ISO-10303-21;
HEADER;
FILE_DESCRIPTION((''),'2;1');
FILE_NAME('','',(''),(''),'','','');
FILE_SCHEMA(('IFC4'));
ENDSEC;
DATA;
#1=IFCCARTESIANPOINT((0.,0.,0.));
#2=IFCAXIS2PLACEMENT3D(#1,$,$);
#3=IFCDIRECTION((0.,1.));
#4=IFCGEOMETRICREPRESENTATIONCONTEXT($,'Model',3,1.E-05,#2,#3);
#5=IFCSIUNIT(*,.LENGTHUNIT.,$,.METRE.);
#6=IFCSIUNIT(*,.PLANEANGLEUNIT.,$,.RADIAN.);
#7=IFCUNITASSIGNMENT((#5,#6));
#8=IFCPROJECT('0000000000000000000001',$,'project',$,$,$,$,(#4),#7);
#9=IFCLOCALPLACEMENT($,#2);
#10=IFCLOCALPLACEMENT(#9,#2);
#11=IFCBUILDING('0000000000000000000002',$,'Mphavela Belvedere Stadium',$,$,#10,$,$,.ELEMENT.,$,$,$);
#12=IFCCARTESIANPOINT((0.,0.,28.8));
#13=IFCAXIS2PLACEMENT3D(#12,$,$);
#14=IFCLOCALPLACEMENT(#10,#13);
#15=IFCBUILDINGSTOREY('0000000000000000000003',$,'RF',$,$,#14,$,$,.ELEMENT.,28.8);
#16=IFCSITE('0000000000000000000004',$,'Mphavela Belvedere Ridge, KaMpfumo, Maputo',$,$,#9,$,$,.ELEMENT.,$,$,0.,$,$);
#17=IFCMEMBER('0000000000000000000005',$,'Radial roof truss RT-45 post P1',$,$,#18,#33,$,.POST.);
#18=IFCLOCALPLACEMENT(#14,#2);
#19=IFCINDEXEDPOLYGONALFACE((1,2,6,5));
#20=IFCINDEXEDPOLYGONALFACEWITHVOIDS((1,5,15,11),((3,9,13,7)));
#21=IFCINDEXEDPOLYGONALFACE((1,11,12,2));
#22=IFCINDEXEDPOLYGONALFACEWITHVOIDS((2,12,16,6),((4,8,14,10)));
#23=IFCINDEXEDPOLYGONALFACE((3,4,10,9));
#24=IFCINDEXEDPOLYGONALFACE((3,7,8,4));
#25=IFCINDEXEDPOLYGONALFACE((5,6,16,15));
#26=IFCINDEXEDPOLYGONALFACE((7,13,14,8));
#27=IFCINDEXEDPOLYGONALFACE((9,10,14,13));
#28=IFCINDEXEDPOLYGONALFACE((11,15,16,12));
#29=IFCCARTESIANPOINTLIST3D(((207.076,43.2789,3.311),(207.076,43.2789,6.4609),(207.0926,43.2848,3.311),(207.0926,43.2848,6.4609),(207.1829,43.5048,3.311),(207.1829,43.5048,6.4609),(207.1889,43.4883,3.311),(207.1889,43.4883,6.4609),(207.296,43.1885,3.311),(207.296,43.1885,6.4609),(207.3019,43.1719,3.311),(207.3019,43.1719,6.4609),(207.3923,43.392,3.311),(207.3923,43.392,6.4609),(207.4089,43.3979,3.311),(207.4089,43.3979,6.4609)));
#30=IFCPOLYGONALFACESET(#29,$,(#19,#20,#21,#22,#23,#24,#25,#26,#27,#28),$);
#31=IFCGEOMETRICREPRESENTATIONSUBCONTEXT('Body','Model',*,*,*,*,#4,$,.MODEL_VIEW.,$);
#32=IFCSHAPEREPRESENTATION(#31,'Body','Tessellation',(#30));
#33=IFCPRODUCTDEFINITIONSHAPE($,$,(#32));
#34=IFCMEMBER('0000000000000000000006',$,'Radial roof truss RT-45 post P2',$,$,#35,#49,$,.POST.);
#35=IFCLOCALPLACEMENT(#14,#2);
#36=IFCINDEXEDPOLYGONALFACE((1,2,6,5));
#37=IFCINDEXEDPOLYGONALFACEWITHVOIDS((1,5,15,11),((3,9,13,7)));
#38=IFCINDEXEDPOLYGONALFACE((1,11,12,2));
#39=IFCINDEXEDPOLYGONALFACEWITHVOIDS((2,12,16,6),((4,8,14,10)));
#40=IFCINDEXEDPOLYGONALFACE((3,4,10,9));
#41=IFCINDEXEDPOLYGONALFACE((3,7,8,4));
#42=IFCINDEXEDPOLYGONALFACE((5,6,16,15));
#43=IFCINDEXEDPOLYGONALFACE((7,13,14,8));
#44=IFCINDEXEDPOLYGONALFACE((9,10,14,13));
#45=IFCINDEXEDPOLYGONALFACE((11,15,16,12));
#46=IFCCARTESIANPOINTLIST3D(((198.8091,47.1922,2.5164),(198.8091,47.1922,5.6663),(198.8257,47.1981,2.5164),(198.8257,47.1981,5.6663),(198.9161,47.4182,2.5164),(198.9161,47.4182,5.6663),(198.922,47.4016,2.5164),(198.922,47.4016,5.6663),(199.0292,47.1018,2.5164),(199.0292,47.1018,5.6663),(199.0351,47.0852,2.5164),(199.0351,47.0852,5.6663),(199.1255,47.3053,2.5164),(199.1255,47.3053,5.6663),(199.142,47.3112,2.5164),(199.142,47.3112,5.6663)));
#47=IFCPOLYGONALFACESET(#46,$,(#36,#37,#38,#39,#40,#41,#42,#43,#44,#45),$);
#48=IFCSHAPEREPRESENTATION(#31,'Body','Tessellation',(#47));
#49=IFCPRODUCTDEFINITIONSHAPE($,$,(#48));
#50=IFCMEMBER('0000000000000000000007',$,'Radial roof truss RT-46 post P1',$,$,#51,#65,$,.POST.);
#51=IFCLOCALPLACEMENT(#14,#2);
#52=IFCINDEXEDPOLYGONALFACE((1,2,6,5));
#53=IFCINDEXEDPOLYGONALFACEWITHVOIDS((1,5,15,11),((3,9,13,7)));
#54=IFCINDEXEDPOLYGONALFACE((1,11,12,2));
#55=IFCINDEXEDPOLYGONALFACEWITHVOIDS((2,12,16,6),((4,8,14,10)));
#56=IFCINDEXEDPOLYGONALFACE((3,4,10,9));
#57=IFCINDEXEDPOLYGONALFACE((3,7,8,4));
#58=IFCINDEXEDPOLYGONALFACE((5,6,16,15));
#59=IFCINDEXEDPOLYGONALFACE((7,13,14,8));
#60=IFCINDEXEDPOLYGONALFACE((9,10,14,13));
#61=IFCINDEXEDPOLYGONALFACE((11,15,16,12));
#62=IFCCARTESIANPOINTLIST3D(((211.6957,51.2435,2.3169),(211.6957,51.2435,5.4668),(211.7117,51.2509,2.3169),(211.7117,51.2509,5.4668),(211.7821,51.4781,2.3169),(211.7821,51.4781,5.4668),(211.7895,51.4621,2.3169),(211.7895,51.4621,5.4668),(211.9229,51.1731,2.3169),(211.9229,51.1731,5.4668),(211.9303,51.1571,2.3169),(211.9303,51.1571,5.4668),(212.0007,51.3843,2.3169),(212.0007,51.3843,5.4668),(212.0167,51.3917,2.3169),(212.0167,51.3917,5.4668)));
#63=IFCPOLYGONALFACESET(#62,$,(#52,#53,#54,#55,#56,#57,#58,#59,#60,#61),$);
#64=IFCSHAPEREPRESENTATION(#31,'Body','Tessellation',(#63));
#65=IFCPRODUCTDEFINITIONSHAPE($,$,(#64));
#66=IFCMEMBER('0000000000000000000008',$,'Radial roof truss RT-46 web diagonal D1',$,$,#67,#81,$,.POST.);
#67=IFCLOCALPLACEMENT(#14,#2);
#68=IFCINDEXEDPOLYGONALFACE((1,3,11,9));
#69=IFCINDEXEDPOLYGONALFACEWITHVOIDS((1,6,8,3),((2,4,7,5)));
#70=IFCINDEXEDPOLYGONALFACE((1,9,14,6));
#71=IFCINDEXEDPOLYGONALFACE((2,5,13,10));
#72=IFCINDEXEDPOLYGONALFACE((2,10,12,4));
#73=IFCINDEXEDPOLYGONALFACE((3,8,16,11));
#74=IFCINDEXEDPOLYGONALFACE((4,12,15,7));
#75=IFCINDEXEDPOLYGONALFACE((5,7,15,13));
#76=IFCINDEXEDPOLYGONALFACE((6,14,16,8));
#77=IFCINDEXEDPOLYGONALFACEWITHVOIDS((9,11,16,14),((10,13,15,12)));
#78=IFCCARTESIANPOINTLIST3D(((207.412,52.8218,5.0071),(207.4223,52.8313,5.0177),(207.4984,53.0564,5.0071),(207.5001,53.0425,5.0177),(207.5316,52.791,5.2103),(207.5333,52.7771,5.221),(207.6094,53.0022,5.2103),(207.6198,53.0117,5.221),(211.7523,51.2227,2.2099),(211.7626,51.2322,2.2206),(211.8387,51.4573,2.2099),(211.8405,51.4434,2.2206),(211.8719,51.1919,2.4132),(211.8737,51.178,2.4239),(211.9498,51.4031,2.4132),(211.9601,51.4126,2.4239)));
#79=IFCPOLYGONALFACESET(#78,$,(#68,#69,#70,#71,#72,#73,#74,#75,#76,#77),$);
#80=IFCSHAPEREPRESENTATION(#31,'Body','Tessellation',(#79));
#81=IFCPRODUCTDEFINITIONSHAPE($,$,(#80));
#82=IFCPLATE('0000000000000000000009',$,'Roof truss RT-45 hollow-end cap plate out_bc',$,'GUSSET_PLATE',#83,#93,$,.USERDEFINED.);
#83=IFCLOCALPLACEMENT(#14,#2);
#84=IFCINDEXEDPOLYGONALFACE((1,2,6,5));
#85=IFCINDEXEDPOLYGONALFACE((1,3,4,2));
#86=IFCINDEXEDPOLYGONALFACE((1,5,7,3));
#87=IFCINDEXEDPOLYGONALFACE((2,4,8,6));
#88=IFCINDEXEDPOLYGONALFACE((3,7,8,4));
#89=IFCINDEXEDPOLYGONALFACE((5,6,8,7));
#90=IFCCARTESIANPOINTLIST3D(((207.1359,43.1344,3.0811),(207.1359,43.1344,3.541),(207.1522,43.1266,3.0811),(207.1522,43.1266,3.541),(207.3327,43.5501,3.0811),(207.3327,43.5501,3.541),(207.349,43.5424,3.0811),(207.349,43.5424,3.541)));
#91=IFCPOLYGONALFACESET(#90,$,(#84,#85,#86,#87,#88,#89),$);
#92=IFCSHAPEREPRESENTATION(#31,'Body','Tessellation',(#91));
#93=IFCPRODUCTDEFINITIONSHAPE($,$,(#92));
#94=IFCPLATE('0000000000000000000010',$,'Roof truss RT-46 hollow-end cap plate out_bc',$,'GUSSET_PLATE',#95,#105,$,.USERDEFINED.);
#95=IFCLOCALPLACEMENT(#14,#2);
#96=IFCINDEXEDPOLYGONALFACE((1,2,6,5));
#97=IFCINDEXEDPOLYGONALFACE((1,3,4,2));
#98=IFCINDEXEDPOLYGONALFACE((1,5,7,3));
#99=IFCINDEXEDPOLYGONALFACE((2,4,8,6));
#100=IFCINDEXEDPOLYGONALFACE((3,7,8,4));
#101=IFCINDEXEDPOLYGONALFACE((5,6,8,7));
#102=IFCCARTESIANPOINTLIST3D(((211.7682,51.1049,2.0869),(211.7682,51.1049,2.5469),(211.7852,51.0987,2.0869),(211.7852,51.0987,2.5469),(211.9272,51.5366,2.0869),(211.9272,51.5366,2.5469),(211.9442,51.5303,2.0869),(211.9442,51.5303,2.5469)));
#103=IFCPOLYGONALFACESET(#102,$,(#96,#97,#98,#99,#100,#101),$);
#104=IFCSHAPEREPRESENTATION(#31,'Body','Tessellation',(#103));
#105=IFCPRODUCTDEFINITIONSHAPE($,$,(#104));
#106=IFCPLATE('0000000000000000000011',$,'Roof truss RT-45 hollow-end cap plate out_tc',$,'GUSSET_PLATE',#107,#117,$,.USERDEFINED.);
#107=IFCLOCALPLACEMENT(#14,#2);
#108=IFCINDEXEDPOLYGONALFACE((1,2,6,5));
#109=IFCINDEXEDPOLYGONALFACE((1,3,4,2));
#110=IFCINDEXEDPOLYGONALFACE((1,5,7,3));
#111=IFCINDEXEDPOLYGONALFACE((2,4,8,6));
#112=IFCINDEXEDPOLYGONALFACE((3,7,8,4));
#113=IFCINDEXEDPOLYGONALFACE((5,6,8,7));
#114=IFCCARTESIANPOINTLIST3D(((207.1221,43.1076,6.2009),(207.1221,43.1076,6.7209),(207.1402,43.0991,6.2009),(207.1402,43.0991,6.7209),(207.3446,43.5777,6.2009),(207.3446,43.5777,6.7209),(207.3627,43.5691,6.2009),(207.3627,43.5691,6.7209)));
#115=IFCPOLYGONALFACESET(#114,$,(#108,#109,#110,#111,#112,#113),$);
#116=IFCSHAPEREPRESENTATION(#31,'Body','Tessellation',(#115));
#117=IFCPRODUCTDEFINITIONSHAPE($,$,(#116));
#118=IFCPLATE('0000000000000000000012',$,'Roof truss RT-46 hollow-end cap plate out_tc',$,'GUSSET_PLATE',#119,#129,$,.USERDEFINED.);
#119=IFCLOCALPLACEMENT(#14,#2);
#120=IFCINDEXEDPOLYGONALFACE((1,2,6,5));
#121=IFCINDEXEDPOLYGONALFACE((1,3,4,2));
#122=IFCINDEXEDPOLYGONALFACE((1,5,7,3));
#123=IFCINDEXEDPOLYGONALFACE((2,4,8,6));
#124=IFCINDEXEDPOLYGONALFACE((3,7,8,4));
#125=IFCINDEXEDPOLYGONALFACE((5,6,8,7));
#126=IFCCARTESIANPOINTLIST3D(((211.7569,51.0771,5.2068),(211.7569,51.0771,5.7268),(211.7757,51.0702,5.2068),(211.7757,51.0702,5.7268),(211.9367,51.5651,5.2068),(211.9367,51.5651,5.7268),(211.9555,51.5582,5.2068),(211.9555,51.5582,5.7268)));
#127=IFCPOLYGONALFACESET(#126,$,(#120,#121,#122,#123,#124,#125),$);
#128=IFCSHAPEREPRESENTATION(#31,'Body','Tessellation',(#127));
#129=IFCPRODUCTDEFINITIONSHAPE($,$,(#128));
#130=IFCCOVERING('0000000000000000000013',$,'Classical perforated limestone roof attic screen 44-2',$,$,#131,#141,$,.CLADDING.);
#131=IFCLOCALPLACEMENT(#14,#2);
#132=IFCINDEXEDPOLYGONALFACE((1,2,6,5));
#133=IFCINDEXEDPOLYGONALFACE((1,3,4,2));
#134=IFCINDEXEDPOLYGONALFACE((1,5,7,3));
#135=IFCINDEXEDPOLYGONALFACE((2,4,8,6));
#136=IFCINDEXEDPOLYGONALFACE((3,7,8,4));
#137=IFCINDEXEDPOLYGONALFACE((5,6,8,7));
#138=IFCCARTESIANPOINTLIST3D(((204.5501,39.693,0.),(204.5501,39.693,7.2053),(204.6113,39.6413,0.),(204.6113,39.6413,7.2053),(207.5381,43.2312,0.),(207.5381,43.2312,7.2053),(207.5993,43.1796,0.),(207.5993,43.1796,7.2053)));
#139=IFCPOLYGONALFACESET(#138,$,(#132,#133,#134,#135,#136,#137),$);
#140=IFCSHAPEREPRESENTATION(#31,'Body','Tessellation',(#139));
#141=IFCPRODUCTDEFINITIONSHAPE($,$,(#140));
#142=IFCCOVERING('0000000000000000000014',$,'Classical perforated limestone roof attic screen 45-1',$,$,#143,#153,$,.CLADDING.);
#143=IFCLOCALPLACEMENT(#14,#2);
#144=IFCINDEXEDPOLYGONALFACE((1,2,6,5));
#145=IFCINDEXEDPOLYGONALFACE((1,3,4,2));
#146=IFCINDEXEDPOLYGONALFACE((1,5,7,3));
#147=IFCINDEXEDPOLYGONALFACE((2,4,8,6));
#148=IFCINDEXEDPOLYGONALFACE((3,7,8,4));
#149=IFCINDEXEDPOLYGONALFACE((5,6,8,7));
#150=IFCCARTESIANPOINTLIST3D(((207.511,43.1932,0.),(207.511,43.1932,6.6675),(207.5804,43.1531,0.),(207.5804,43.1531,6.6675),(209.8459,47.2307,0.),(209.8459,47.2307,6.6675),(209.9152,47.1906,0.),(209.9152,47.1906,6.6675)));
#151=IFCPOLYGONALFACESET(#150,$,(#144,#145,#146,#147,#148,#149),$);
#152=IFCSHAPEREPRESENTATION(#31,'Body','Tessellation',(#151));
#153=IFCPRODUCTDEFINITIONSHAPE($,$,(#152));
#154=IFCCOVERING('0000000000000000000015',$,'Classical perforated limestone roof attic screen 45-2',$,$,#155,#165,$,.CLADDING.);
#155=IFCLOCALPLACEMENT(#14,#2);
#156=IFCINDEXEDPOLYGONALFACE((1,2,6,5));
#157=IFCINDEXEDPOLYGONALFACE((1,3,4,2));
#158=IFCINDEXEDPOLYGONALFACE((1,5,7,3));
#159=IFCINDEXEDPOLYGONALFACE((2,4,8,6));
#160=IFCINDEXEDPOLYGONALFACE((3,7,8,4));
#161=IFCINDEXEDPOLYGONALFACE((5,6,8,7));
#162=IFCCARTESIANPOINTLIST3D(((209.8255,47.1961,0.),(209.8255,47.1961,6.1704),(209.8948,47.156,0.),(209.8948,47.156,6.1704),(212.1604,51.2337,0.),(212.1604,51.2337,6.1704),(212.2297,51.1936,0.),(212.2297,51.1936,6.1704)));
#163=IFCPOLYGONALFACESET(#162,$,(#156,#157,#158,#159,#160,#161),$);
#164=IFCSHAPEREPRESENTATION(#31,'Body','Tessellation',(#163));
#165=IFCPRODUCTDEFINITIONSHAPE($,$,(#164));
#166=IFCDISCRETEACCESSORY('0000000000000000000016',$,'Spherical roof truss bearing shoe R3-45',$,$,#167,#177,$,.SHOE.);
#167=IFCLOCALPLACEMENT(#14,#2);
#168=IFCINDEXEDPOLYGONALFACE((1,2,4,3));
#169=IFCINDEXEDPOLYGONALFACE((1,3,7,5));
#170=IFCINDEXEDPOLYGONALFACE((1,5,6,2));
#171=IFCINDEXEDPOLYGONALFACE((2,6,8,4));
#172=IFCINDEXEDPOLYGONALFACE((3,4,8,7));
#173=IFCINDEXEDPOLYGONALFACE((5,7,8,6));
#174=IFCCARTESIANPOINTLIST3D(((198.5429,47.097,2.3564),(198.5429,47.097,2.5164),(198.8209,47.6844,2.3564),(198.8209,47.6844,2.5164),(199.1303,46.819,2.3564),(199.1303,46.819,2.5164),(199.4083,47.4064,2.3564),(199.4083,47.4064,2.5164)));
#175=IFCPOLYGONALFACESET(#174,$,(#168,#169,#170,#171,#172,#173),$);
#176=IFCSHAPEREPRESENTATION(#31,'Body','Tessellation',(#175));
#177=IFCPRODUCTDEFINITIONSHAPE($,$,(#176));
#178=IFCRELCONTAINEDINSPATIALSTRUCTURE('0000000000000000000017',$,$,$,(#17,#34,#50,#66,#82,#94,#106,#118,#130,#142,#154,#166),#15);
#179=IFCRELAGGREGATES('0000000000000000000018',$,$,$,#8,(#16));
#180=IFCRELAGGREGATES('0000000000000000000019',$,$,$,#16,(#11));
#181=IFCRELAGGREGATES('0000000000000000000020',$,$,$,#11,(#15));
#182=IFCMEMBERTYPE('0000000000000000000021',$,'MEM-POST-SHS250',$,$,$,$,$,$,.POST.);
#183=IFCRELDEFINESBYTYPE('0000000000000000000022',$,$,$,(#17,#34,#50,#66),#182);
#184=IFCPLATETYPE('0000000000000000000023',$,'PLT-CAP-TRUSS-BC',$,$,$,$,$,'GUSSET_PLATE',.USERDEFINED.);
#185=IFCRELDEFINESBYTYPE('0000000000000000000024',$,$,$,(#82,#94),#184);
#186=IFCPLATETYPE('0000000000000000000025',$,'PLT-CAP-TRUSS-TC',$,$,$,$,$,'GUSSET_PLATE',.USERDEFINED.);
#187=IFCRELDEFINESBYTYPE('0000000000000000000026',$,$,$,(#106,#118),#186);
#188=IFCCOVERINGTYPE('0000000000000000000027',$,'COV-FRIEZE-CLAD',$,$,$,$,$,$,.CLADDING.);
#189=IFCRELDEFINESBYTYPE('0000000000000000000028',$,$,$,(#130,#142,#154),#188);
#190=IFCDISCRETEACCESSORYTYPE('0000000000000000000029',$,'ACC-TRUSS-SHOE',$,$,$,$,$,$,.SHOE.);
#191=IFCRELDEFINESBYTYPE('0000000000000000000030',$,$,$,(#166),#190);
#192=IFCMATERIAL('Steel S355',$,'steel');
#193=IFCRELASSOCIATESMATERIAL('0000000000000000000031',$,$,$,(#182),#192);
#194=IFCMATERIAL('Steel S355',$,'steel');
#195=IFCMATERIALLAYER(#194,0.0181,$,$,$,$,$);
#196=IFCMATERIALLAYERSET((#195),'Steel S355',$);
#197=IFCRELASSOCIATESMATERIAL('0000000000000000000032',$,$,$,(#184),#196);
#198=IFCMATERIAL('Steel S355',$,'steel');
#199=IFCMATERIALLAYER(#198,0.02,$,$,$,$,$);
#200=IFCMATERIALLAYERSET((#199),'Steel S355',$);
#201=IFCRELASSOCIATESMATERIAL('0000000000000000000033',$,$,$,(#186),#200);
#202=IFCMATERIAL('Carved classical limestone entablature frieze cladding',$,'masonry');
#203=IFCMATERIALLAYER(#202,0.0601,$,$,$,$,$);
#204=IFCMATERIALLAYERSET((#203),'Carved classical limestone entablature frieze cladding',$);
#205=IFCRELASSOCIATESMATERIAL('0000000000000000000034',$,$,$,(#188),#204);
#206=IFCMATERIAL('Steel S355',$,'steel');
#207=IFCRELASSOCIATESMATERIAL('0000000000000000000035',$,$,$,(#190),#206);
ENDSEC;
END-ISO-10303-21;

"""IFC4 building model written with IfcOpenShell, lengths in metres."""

from ifc_helpers import new_model, si_unit, direction, frame, origin, origin_2d, place, context, subcontext, project, spatial, rectangle, hollow_rectangle, extrude, material, layer, layer_set, material_profile, profile_set, type_object, element, save


model = new_model("IFC4")

# Units and contexts
model_context = context("Model", 3, precision=1e-05, world=origin(), true_north=direction((0.0, 1.0)))
body_context = subcontext(model_context, "Body", "Model", "MODEL_VIEW")
ifc_project = project(units=[si_unit("LENGTHUNIT", "METRE"), si_unit("PLANEANGLEUNIT", "RADIAN")], contexts=[model_context])

# Site, building, storey
site_placement = place(None, origin())
site = spatial("IfcSite", under=ifc_project, at=site_placement, Name="Mphavela Belvedere Ridge, KaMpfumo, Maputo", CompositionType="ELEMENT", RefElevation=0.0)
building_placement = place(site_placement, origin())
building = spatial("IfcBuilding", under=site, at=building_placement, Name="Mphavela Belvedere Stadium", CompositionType="ELEMENT")
storey_placement = place(building_placement, frame((0.0, 0.0, 28.8)))
storey = spatial("IfcBuildingStorey", under=building, at=storey_placement, Name="RF", CompositionType="ELEMENT", Elevation=28.8)

# Members
ifc_material_1 = material(Name="Steel S355", Category="steel")
ifc_material_profile_1 = material_profile(ifc_material_1, hollow_rectangle(XDim=0.25, YDim=0.25, WallThickness=0.0125, at=origin_2d()), Name="SHS 250x250x12.5")
ifc_profile_set_1 = profile_set([ifc_material_profile_1], Name="Steel S355")
member_type_1 = type_object("IfcMemberType", Name="MEM-POST-SHS250", PredefinedType="POST", material=ifc_profile_set_1)
for number, where, z_axis, x_axis, name in (
    (1, (207.2424, 43.3384, 3.311), (0.0, 0.0, 1.0), (0.903859, -0.427831, 0.0), "Radial roof truss RT-45 post P1"),
    (2, (198.9756, 47.2517, 2.5164), (0.0, 0.0, 1.0), (0.903859, -0.427831, 0.0), "Radial roof truss RT-45 post P2"),
    (3, (211.8562, 51.3176, 2.3169), (0.0, 0.0, 1.0), (0.938372, -0.345626, 0.0), "Radial roof truss RT-46 post P1"),
):
    element("IfcMember", number, at=place(storey_placement, frame(where, z_axis=z_axis, x_axis=x_axis)), inside=storey, type_object=member_type_1, Name=name, PredefinedType="POST", context=body_context, shape_type="SweptSolid", body=[
        extrude(hollow_rectangle(XDim=0.25, YDim=0.25, WallThickness=0.0125, at=origin_2d()), origin(), (0.0, 0.0, 1.0), 3.1499),
    ])
member_1_placement = place(storey_placement, frame((211.8562, 51.3176, 2.3169), z_axis=(-0.802946, 0.295832, 0.517457), x_axis=(-0.345715, -0.93834, 0.0)))
element("IfcMember", 4, at=member_1_placement, inside=storey, type_object=member_type_1, Name="Radial roof truss RT-46 web diagonal D1", PredefinedType="POST", context=body_context, shape_type="SweptSolid", body=[
    extrude(hollow_rectangle(XDim=0.25, YDim=0.25, WallThickness=0.0125, at=origin_2d()), origin(), (0.0, 0.0, 1.0), 5.4055),
])

# Plates
ifc_material_2 = material(Name="Steel S355", Category="steel")
ifc_layer_1 = layer(ifc_material_2, 0.0181)
ifc_layer_set_1 = layer_set([ifc_layer_1], Name="Steel S355")
plate_type_1 = type_object("IfcPlateType", Name="PLT-CAP-TRUSS-BC", ElementType="GUSSET_PLATE", PredefinedType="USERDEFINED", material=ifc_layer_set_1)
for number, where, z_axis, x_axis, name in (
    (5, (207.2424, 43.3384, 3.0811), (0.0, 0.0, 1.0), (0.903859, -0.427831, 0.0), "Roof truss RT-45 hollow-end cap plate out_bc"),
    (6, (211.8562, 51.3176, 2.0869), (0.0, 0.0, 1.0), (0.938372, -0.345626, 0.0), "Roof truss RT-46 hollow-end cap plate out_bc"),
):
    element("IfcPlate", number, at=place(storey_placement, frame(where, z_axis=z_axis, x_axis=x_axis)), inside=storey, type_object=plate_type_1, Name=name, ObjectType="GUSSET_PLATE", PredefinedType="USERDEFINED", context=body_context, shape_type="SweptSolid", body=[
        extrude(rectangle(XDim=0.0181, YDim=0.46, at=origin_2d()), origin(), (0.0, 0.0, 1.0), 0.46),
    ])
ifc_material_3 = material(Name="Steel S355", Category="steel")
ifc_layer_2 = layer(ifc_material_3, 0.02)
ifc_layer_set_2 = layer_set([ifc_layer_2], Name="Steel S355")
plate_type_2 = type_object("IfcPlateType", Name="PLT-CAP-TRUSS-TC", ElementType="GUSSET_PLATE", PredefinedType="USERDEFINED", material=ifc_layer_set_2)
for number, where, z_axis, x_axis, name in (
    (7, (207.2424, 43.3384, 6.2009), (0.0, 0.0, 1.0), (0.903859, -0.427831, 0.0), "Roof truss RT-45 hollow-end cap plate out_tc"),
    (8, (211.8562, 51.3176, 5.2068), (0.0, 0.0, 1.0), (0.938372, -0.345626, 0.0), "Roof truss RT-46 hollow-end cap plate out_tc"),
):
    element("IfcPlate", number, at=place(storey_placement, frame(where, z_axis=z_axis, x_axis=x_axis)), inside=storey, type_object=plate_type_2, Name=name, ObjectType="GUSSET_PLATE", PredefinedType="USERDEFINED", context=body_context, shape_type="SweptSolid", body=[
        extrude(rectangle(XDim=0.02, YDim=0.52, at=origin_2d()), origin(), (0.0, 0.0, 1.0), 0.52),
    ])

# Coverings
ifc_material_4 = material(Name="Carved classical limestone entablature frieze cladding", Category="masonry")
ifc_layer_3 = layer(ifc_material_4, 0.0601)
ifc_layer_set_3 = layer_set([ifc_layer_3], Name="Carved classical limestone entablature frieze cladding")
covering_type = type_object("IfcCoveringType", Name="COV-FRIEZE-CLAD", PredefinedType="CLADDING", material=ifc_layer_set_3)
covering_1_placement = place(storey_placement, frame((206.0747, 41.4363, 0.0), z_axis=(0.0, 0.0, 1.0), x_axis=(0.645191, 0.764021, 0.0)))
element("IfcCovering", 9, at=covering_1_placement, inside=storey, type_object=covering_type, Name="Classical perforated limestone roof attic screen 44-2", PredefinedType="CLADDING", context=body_context, shape_type="SweptSolid", body=[
    extrude(rectangle(XDim=4.6311, YDim=0.0801, at=origin_2d()), origin(), (0.0, 0.0, 1.0), 7.2053),
])
covering_2_placement = place(storey_placement, frame((208.7131, 45.1919, 0.0), z_axis=(0.0, 0.0, 1.0), x_axis=(0.500604, 0.865676, 0.0)))
element("IfcCovering", 10, at=covering_2_placement, inside=storey, type_object=covering_type, Name="Classical perforated limestone roof attic screen 45-1", PredefinedType="CLADDING", context=body_context, shape_type="SweptSolid", body=[
    extrude(rectangle(XDim=4.6641, YDim=0.0801, at=origin_2d()), origin(), (0.0, 0.0, 1.0), 6.6675),
])
covering_3_placement = place(storey_placement, frame((211.0276, 49.1948, 0.0), z_axis=(0.0, 0.0, 1.0), x_axis=(0.500604, 0.865676, 0.0)))
element("IfcCovering", 11, at=covering_3_placement, inside=storey, type_object=covering_type, Name="Classical perforated limestone roof attic screen 45-2", PredefinedType="CLADDING", context=body_context, shape_type="SweptSolid", body=[
    extrude(rectangle(XDim=4.6641, YDim=0.0801, at=origin_2d()), origin(), (0.0, 0.0, 1.0), 6.1704),
])

# Discrete accessory
ifc_material_5 = material(Name="Steel S355", Category="steel")
discrete_accessory_type = type_object("IfcDiscreteAccessoryType", Name="ACC-TRUSS-SHOE", PredefinedType="SHOE", material=ifc_material_5)
discrete_accessory_placement = place(storey_placement, frame((198.9756, 47.2517, 2.3564), z_axis=(0.0, 0.0, 1.0), x_axis=(0.903859, -0.427831, 0.0)))
element("IfcDiscreteAccessory", 12, at=discrete_accessory_placement, inside=storey, type_object=discrete_accessory_type, Name="Spherical roof truss bearing shoe R3-45", PredefinedType="SHOE", context=body_context, shape_type="SweptSolid", body=[
    extrude(rectangle(XDim=0.6499, YDim=0.6499, at=origin_2d()), origin(), (0.0, 0.0, 1.0), 0.1599),
])

save(model, "model.ifc")
